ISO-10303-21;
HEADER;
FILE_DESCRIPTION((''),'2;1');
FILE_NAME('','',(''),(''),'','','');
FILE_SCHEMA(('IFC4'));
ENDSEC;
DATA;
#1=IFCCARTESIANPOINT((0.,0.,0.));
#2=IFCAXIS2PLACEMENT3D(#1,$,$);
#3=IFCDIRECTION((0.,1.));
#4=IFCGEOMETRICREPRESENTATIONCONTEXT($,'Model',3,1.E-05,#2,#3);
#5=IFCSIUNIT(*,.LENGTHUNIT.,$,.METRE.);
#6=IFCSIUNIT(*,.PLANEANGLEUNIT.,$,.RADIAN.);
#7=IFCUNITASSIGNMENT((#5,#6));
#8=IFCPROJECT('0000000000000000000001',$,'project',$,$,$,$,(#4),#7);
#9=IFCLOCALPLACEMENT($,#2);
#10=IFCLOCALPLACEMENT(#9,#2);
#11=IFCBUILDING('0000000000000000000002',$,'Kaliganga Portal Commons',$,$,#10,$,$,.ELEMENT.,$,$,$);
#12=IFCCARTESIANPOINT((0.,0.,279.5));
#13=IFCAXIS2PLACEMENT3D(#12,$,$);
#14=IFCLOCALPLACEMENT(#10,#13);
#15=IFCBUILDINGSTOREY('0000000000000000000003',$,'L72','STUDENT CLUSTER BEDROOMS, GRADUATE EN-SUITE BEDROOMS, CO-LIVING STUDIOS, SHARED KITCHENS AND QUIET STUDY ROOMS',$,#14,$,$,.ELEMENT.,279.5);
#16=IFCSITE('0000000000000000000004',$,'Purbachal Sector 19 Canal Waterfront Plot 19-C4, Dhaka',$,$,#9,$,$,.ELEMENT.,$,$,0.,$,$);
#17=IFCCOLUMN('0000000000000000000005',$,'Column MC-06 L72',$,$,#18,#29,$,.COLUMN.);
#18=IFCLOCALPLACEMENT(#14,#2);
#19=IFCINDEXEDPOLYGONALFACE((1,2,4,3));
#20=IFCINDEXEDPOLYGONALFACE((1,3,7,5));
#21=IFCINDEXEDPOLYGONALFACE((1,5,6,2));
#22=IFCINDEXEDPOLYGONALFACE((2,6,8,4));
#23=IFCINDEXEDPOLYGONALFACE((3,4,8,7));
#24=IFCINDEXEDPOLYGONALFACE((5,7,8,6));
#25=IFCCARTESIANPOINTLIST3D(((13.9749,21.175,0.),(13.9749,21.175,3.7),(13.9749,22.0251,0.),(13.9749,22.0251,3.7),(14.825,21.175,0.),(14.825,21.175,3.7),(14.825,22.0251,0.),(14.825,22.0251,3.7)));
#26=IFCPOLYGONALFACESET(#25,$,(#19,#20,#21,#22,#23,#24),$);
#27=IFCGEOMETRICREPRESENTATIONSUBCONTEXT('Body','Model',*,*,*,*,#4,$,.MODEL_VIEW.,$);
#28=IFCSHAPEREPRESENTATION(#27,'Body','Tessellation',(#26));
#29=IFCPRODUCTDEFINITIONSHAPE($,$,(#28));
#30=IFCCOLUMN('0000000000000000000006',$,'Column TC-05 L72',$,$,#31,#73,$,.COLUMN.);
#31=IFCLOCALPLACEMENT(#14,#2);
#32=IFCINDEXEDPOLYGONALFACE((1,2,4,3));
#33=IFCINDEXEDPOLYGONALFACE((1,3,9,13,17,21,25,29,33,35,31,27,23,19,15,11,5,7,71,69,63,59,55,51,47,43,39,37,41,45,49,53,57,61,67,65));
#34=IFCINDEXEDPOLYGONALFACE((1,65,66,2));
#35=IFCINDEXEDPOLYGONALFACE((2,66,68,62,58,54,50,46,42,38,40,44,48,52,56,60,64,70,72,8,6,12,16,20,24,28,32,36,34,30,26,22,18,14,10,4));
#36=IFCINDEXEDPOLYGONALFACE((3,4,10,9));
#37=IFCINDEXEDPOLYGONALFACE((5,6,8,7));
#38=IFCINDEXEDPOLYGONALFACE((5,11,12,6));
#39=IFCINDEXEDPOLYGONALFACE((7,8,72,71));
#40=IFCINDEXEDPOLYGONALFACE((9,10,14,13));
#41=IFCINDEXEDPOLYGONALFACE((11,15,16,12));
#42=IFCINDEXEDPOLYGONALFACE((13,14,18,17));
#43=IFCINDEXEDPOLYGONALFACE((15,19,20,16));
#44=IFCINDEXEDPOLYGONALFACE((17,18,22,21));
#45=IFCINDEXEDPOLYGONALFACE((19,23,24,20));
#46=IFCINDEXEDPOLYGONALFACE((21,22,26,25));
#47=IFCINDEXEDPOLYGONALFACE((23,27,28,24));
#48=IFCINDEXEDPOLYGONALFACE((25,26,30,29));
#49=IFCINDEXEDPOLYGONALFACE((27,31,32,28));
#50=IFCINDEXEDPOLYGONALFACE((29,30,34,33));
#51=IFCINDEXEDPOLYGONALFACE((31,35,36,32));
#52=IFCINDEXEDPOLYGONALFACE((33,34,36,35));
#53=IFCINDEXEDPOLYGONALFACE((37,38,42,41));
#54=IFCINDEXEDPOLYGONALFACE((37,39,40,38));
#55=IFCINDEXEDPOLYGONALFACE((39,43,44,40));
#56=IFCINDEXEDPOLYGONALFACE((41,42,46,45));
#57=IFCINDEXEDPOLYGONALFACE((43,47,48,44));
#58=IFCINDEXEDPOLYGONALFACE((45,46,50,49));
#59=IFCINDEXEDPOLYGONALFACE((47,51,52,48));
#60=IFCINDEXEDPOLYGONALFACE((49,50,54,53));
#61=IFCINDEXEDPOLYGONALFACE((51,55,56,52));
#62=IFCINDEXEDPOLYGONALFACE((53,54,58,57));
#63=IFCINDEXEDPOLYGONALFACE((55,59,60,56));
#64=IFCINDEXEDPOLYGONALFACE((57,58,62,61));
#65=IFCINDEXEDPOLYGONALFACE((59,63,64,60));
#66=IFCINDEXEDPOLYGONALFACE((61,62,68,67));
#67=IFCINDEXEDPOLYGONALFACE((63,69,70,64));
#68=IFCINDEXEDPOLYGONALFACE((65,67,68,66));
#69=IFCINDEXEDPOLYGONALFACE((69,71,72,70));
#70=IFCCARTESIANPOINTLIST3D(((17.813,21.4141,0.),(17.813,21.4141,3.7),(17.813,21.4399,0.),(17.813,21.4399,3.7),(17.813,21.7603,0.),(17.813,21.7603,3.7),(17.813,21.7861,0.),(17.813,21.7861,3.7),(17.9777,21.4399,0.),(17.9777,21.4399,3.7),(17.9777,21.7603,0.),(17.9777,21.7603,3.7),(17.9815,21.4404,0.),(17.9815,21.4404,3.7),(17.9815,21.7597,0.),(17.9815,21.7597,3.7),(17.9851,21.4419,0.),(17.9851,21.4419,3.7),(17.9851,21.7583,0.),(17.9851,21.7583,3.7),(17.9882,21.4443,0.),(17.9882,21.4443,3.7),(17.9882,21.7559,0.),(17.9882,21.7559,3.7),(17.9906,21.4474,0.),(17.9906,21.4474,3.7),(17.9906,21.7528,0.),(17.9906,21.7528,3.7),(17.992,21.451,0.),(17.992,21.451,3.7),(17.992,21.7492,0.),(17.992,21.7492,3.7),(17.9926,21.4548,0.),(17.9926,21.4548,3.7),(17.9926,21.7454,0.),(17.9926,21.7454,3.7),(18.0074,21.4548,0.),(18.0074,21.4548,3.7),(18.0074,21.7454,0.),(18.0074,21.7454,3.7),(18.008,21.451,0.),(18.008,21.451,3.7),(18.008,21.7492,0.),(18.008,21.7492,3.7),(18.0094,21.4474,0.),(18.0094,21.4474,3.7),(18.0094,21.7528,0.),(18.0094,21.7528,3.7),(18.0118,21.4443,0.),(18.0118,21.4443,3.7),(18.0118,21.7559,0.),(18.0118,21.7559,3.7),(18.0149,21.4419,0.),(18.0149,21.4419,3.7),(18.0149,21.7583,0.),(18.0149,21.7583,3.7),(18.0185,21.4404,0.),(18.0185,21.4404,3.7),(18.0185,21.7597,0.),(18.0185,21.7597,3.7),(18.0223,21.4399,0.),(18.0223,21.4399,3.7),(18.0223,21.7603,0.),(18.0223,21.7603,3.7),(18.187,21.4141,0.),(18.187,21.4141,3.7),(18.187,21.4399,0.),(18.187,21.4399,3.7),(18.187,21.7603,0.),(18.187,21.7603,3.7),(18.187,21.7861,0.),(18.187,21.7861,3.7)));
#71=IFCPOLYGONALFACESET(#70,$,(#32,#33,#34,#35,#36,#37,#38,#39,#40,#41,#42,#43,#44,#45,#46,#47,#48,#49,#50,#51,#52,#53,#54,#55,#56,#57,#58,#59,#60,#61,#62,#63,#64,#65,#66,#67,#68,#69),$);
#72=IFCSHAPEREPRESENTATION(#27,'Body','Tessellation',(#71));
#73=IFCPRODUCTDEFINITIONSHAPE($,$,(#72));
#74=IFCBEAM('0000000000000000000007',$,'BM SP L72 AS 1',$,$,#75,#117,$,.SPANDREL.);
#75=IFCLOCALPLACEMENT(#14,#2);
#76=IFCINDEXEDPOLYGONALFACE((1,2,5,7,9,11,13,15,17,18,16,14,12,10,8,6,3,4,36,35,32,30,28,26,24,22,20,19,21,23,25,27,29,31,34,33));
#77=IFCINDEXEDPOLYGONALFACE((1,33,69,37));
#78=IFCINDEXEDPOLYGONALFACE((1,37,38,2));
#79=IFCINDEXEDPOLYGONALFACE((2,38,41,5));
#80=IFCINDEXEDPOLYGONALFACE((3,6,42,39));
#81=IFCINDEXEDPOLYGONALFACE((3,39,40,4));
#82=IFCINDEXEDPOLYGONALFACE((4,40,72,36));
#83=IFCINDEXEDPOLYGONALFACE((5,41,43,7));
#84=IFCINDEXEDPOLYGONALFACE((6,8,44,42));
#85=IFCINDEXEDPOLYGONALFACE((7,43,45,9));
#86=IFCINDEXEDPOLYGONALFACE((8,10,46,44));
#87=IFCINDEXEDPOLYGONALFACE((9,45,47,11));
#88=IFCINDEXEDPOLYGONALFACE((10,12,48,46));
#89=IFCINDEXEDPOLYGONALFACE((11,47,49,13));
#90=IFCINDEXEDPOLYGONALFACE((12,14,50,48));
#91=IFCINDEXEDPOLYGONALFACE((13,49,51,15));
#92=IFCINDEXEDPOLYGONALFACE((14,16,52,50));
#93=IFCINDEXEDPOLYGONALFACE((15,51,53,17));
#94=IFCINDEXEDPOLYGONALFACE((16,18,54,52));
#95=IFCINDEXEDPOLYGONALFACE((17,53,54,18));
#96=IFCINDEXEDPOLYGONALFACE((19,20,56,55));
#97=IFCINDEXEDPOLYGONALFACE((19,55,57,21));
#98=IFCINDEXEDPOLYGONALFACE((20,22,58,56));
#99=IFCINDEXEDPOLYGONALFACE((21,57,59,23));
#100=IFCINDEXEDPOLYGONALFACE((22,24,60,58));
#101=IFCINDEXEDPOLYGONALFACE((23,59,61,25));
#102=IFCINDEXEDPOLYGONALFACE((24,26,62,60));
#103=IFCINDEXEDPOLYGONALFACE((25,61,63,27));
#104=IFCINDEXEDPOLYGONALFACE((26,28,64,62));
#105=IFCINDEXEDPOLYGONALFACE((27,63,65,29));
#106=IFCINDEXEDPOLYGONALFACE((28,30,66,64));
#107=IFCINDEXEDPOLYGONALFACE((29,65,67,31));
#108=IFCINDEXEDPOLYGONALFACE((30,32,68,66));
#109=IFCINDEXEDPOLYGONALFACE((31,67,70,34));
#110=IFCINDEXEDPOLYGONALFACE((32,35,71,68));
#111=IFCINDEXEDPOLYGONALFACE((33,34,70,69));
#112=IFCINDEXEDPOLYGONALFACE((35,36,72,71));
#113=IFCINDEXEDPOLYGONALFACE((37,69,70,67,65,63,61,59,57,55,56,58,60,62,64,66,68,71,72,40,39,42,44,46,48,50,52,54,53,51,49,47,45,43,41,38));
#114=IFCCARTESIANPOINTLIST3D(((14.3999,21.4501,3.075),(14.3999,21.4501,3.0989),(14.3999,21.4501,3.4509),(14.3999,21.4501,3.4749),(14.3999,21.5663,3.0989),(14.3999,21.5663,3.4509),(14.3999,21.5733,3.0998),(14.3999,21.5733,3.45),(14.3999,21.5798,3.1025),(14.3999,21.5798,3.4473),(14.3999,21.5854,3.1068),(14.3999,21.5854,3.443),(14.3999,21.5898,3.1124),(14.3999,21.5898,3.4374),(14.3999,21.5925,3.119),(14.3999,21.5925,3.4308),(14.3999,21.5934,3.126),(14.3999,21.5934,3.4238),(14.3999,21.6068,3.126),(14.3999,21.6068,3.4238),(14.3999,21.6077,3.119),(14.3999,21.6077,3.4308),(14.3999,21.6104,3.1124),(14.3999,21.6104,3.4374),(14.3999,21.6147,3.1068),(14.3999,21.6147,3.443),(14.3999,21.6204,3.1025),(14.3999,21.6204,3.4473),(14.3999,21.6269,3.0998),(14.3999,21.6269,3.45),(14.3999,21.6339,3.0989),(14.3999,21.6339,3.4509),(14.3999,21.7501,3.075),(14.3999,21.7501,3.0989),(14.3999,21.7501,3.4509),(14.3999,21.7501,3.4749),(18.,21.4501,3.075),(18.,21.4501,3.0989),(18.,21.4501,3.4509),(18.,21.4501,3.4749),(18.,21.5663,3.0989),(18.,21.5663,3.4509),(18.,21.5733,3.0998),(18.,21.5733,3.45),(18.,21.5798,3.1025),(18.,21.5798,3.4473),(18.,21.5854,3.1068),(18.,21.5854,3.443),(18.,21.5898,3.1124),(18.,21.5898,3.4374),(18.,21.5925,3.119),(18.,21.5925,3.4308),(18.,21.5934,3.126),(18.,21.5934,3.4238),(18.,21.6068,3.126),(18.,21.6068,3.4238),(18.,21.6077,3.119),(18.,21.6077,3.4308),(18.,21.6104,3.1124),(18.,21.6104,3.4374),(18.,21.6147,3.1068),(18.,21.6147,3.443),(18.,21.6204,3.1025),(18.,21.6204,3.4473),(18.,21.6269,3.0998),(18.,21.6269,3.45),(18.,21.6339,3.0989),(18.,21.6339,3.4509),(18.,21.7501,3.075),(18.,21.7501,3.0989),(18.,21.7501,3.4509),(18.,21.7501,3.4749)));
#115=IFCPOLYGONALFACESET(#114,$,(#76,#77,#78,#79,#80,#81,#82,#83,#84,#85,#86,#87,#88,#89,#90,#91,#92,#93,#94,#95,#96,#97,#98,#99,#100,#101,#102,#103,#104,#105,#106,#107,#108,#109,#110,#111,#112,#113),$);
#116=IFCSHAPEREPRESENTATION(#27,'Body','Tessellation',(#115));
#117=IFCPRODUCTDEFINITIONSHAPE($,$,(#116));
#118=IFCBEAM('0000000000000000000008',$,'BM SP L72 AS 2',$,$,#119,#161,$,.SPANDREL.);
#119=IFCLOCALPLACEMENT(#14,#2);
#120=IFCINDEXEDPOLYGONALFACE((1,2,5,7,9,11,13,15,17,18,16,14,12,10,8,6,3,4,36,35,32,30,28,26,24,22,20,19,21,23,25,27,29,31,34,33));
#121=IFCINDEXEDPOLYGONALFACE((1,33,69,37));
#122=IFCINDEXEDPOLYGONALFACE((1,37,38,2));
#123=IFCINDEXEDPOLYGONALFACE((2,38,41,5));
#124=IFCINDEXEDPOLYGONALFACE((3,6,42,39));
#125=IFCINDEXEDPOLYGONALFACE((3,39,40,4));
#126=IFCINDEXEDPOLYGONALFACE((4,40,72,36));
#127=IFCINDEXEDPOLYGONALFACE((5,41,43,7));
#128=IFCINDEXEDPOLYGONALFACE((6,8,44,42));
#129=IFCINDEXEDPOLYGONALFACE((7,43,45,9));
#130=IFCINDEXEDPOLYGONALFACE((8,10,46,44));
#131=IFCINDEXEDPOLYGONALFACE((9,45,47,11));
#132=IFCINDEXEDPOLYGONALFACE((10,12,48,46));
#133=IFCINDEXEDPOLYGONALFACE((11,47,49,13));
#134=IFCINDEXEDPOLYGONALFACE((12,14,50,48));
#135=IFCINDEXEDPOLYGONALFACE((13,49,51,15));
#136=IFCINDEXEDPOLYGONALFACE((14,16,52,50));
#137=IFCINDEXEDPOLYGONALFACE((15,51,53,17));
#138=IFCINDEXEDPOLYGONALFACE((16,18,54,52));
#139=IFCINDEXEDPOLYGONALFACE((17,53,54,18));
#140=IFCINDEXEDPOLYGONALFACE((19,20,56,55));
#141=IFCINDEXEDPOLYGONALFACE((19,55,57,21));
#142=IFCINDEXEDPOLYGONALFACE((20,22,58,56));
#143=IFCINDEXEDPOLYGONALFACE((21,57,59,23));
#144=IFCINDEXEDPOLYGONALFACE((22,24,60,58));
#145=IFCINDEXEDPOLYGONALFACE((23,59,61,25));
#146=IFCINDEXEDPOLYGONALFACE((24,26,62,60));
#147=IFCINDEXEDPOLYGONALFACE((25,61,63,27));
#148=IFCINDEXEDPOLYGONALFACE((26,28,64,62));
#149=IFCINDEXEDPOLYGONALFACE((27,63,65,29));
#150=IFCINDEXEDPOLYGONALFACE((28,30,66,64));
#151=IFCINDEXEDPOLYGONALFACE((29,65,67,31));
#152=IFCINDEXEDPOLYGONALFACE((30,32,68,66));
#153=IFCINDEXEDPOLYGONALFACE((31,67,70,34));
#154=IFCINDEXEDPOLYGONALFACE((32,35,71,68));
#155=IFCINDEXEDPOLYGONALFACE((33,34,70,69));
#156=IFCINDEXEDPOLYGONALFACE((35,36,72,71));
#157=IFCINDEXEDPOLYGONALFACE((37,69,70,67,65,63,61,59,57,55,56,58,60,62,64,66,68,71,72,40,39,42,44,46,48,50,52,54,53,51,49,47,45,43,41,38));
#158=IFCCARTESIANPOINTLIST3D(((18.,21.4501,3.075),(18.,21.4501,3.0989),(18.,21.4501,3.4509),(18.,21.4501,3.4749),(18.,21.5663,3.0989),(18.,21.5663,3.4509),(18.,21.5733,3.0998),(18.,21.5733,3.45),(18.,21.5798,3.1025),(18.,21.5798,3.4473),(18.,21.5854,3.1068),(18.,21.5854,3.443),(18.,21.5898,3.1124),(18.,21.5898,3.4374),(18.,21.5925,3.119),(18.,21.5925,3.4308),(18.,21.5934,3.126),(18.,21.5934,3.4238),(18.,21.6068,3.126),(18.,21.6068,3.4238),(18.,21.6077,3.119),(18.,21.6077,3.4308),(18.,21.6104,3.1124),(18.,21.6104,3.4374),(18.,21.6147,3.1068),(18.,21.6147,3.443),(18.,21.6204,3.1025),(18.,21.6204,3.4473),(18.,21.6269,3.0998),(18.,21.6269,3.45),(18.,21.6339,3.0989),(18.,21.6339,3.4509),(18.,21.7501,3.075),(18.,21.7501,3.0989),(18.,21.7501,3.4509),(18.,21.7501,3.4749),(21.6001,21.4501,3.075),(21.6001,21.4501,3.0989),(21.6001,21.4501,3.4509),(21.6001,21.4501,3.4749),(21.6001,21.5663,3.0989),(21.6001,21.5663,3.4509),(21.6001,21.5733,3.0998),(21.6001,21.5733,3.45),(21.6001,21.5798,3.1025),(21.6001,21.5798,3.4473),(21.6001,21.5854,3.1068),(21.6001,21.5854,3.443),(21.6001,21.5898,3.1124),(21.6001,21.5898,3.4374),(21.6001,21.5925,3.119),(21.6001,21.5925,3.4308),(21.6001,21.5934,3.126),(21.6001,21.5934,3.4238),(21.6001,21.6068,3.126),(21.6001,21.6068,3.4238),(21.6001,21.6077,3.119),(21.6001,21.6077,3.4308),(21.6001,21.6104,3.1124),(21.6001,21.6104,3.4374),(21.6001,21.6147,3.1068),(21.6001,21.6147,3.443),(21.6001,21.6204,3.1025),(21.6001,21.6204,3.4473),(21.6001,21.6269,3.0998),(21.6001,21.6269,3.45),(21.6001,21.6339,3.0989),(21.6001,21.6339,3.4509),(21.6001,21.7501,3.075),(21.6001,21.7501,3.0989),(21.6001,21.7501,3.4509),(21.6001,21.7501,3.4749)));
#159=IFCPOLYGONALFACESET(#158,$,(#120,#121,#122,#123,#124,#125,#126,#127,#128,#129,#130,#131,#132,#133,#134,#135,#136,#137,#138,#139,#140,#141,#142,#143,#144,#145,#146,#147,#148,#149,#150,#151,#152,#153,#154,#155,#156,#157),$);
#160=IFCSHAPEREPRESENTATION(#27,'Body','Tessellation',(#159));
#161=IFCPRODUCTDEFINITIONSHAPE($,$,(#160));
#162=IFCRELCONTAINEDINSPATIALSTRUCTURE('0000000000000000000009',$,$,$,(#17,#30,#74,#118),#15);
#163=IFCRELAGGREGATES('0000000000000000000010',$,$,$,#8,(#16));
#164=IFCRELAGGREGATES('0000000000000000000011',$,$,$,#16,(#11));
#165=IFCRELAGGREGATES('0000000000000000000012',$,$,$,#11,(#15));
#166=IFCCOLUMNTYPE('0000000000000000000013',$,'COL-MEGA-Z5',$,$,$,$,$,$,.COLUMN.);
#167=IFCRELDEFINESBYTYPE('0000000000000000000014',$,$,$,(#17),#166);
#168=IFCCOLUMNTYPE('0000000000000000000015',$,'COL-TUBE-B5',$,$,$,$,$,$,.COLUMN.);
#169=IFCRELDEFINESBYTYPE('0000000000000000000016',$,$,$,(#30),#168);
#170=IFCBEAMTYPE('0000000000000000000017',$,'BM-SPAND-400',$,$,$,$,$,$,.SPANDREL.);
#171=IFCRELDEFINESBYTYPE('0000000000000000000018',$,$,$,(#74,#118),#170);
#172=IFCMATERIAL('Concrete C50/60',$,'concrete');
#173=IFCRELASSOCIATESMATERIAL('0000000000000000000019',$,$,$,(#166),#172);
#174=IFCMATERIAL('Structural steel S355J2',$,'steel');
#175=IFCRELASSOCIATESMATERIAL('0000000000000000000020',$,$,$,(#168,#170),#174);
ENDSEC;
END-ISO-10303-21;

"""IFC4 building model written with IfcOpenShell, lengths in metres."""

from ifc_helpers import new_model, si_unit, direction, frame, origin, origin_2d, place, context, subcontext, project, spatial, rectangle, i_section, extrude, source, transform, mapped, material, material_profile, profile_set, type_object, element, save


model = new_model("IFC4")

# Units and contexts
model_context = context("Model", 3, precision=1e-05, world=origin(), true_north=direction((0.0, 1.0)))
body_context = subcontext(model_context, "Body", "Model", "MODEL_VIEW")
ifc_project = project(units=[si_unit("LENGTHUNIT", "METRE"), si_unit("PLANEANGLEUNIT", "RADIAN")], contexts=[model_context])

# Site, building, storey
site_placement = place(None, origin())
site = spatial("IfcSite", under=ifc_project, at=site_placement, Name="Purbachal Sector 19 Canal Waterfront Plot 19-C4, Dhaka", CompositionType="ELEMENT", RefElevation=0.0)
building_placement = place(site_placement, origin())
building = spatial("IfcBuilding", under=site, at=building_placement, Name="Kaliganga Portal Commons", CompositionType="ELEMENT")
storey_placement = place(building_placement, frame((0.0, 0.0, 279.5)))
storey = spatial("IfcBuildingStorey", under=building, at=storey_placement, Name="L72", Description="STUDENT CLUSTER BEDROOMS, GRADUATE EN-SUITE BEDROOMS, CO-LIVING STUDIOS, SHARED KITCHENS AND QUIET STUDY ROOMS", CompositionType="ELEMENT", Elevation=279.5)

# Columns
ifc_material_1 = material(Name="Concrete C50/60", Category="concrete")
ifc_material_profile_1 = material_profile(ifc_material_1, rectangle(XDim=0.8501, YDim=0.8501, at=origin_2d()), Name="RC 850x850")
ifc_profile_set_1 = profile_set([ifc_material_profile_1], Name="Concrete C50/60")
column_type_1 = type_object("IfcColumnType", Name="COL-MEGA-Z5", PredefinedType="COLUMN", material=ifc_profile_set_1)
shared_shape_1 = source(origin(), body_context, "Body", "SweptSolid", [
    extrude(rectangle(XDim=0.8501, YDim=0.8501, at=origin_2d()), origin(), (0.0, 0.0, 1.0), 3.7),
])
column_1_placement = place(storey_placement, frame((14.3999, 21.6001, 0.0), z_axis=(0.0, 0.0, 1.0), x_axis=(1.0, 0.0, 0.0)))
element("IfcColumn", 1, at=column_1_placement, inside=storey, type_object=column_type_1, Name="Column MC-06 L72", PredefinedType="COLUMN", context=body_context, shape_type="MappedRepresentation", body=[
    mapped(shared_shape_1, transform((0.0, 0.0, 0.0), x_axis=(1.0, 0.0, 0.0), y_axis=(0.0, 1.0, 0.0), z_axis=(0.0, 0.0, 1.0), scale=1.0)),
])
ifc_material_2 = material(Name="Structural steel S355J2", Category="steel")
ifc_material_profile_2 = material_profile(ifc_material_2, i_section(OverallWidth=0.374, OverallDepth=0.3721, WebThickness=0.0149, FlangeThickness=0.0259, FilletRadius=0.0149, at=origin_2d()), Name="HD 360x196")
ifc_profile_set_2 = profile_set([ifc_material_profile_2], Name="Structural steel S355J2 wide-flange")
column_type_2 = type_object("IfcColumnType", Name="COL-TUBE-B5", PredefinedType="COLUMN", material=ifc_profile_set_2)
shared_shape_2 = source(origin(), body_context, "Body", "SweptSolid", [
    extrude(i_section(OverallWidth=0.374, OverallDepth=0.3721, WebThickness=0.0149, FlangeThickness=0.0259, FilletRadius=0.0149, at=origin_2d()), origin(), (0.0, 0.0, 1.0), 3.7),
])
column_2_placement = place(storey_placement, frame((18.0, 21.6001, 0.0), z_axis=(0.0, 0.0, 1.0), x_axis=(1.0, 0.0, 0.0)))
element("IfcColumn", 2, at=column_2_placement, inside=storey, type_object=column_type_2, Name="Column TC-05 L72", PredefinedType="COLUMN", context=body_context, shape_type="MappedRepresentation", body=[
    mapped(shared_shape_2, transform((0.0, 0.0, 0.0), x_axis=(1.0, 0.0, 0.0), y_axis=(0.0, 1.0, 0.0), z_axis=(0.0, 0.0, 1.0), scale=1.0)),
])

# Beams
ifc_material_profile_3 = material_profile(ifc_material_2, i_section(OverallWidth=0.3, OverallDepth=0.3999, WebThickness=0.0134, FlangeThickness=0.0239, FilletRadius=0.0271, at=origin_2d()), Name="HE 400 B")
ifc_profile_set_3 = profile_set([ifc_material_profile_3], Name="Structural steel S355J2 wide-flange")
beam_type_1 = type_object("IfcBeamType", Name="BM-SPAND-400", PredefinedType="SPANDREL", material=ifc_profile_set_3)
shared_shape_3 = source(origin(), body_context, "Body", "SweptSolid", [
    extrude(i_section(OverallWidth=0.3, OverallDepth=0.3999, WebThickness=0.0134, FlangeThickness=0.0239, FilletRadius=0.0271, at=origin_2d()), origin(), (0.0, 0.0, 1.0), 3.6001),
])
for number, where, z_axis, x_axis, name in (
    (3, (14.3999, 21.6001, 3.2749), (1.0, 0.0, 0.0), (0.0, 1.0, 0.0), "BM SP L72 AS 1"),
    (4, (18.0, 21.6001, 3.2749), (1.0, 0.0, 0.0), (0.0, 1.0, 0.0), "BM SP L72 AS 2"),
):
    element("IfcBeam", number, at=place(storey_placement, frame(where, z_axis=z_axis, x_axis=x_axis)), inside=storey, type_object=beam_type_1, Name=name, PredefinedType="SPANDREL", context=body_context, shape_type="MappedRepresentation", body=[
        mapped(shared_shape_3, transform((0.0, 0.0, 0.0), x_axis=(1.0, 0.0, 0.0), y_axis=(0.0, 1.0, 0.0), z_axis=(0.0, 0.0, 1.0), scale=1.0)),
    ])

save(model, "model.ifc")
